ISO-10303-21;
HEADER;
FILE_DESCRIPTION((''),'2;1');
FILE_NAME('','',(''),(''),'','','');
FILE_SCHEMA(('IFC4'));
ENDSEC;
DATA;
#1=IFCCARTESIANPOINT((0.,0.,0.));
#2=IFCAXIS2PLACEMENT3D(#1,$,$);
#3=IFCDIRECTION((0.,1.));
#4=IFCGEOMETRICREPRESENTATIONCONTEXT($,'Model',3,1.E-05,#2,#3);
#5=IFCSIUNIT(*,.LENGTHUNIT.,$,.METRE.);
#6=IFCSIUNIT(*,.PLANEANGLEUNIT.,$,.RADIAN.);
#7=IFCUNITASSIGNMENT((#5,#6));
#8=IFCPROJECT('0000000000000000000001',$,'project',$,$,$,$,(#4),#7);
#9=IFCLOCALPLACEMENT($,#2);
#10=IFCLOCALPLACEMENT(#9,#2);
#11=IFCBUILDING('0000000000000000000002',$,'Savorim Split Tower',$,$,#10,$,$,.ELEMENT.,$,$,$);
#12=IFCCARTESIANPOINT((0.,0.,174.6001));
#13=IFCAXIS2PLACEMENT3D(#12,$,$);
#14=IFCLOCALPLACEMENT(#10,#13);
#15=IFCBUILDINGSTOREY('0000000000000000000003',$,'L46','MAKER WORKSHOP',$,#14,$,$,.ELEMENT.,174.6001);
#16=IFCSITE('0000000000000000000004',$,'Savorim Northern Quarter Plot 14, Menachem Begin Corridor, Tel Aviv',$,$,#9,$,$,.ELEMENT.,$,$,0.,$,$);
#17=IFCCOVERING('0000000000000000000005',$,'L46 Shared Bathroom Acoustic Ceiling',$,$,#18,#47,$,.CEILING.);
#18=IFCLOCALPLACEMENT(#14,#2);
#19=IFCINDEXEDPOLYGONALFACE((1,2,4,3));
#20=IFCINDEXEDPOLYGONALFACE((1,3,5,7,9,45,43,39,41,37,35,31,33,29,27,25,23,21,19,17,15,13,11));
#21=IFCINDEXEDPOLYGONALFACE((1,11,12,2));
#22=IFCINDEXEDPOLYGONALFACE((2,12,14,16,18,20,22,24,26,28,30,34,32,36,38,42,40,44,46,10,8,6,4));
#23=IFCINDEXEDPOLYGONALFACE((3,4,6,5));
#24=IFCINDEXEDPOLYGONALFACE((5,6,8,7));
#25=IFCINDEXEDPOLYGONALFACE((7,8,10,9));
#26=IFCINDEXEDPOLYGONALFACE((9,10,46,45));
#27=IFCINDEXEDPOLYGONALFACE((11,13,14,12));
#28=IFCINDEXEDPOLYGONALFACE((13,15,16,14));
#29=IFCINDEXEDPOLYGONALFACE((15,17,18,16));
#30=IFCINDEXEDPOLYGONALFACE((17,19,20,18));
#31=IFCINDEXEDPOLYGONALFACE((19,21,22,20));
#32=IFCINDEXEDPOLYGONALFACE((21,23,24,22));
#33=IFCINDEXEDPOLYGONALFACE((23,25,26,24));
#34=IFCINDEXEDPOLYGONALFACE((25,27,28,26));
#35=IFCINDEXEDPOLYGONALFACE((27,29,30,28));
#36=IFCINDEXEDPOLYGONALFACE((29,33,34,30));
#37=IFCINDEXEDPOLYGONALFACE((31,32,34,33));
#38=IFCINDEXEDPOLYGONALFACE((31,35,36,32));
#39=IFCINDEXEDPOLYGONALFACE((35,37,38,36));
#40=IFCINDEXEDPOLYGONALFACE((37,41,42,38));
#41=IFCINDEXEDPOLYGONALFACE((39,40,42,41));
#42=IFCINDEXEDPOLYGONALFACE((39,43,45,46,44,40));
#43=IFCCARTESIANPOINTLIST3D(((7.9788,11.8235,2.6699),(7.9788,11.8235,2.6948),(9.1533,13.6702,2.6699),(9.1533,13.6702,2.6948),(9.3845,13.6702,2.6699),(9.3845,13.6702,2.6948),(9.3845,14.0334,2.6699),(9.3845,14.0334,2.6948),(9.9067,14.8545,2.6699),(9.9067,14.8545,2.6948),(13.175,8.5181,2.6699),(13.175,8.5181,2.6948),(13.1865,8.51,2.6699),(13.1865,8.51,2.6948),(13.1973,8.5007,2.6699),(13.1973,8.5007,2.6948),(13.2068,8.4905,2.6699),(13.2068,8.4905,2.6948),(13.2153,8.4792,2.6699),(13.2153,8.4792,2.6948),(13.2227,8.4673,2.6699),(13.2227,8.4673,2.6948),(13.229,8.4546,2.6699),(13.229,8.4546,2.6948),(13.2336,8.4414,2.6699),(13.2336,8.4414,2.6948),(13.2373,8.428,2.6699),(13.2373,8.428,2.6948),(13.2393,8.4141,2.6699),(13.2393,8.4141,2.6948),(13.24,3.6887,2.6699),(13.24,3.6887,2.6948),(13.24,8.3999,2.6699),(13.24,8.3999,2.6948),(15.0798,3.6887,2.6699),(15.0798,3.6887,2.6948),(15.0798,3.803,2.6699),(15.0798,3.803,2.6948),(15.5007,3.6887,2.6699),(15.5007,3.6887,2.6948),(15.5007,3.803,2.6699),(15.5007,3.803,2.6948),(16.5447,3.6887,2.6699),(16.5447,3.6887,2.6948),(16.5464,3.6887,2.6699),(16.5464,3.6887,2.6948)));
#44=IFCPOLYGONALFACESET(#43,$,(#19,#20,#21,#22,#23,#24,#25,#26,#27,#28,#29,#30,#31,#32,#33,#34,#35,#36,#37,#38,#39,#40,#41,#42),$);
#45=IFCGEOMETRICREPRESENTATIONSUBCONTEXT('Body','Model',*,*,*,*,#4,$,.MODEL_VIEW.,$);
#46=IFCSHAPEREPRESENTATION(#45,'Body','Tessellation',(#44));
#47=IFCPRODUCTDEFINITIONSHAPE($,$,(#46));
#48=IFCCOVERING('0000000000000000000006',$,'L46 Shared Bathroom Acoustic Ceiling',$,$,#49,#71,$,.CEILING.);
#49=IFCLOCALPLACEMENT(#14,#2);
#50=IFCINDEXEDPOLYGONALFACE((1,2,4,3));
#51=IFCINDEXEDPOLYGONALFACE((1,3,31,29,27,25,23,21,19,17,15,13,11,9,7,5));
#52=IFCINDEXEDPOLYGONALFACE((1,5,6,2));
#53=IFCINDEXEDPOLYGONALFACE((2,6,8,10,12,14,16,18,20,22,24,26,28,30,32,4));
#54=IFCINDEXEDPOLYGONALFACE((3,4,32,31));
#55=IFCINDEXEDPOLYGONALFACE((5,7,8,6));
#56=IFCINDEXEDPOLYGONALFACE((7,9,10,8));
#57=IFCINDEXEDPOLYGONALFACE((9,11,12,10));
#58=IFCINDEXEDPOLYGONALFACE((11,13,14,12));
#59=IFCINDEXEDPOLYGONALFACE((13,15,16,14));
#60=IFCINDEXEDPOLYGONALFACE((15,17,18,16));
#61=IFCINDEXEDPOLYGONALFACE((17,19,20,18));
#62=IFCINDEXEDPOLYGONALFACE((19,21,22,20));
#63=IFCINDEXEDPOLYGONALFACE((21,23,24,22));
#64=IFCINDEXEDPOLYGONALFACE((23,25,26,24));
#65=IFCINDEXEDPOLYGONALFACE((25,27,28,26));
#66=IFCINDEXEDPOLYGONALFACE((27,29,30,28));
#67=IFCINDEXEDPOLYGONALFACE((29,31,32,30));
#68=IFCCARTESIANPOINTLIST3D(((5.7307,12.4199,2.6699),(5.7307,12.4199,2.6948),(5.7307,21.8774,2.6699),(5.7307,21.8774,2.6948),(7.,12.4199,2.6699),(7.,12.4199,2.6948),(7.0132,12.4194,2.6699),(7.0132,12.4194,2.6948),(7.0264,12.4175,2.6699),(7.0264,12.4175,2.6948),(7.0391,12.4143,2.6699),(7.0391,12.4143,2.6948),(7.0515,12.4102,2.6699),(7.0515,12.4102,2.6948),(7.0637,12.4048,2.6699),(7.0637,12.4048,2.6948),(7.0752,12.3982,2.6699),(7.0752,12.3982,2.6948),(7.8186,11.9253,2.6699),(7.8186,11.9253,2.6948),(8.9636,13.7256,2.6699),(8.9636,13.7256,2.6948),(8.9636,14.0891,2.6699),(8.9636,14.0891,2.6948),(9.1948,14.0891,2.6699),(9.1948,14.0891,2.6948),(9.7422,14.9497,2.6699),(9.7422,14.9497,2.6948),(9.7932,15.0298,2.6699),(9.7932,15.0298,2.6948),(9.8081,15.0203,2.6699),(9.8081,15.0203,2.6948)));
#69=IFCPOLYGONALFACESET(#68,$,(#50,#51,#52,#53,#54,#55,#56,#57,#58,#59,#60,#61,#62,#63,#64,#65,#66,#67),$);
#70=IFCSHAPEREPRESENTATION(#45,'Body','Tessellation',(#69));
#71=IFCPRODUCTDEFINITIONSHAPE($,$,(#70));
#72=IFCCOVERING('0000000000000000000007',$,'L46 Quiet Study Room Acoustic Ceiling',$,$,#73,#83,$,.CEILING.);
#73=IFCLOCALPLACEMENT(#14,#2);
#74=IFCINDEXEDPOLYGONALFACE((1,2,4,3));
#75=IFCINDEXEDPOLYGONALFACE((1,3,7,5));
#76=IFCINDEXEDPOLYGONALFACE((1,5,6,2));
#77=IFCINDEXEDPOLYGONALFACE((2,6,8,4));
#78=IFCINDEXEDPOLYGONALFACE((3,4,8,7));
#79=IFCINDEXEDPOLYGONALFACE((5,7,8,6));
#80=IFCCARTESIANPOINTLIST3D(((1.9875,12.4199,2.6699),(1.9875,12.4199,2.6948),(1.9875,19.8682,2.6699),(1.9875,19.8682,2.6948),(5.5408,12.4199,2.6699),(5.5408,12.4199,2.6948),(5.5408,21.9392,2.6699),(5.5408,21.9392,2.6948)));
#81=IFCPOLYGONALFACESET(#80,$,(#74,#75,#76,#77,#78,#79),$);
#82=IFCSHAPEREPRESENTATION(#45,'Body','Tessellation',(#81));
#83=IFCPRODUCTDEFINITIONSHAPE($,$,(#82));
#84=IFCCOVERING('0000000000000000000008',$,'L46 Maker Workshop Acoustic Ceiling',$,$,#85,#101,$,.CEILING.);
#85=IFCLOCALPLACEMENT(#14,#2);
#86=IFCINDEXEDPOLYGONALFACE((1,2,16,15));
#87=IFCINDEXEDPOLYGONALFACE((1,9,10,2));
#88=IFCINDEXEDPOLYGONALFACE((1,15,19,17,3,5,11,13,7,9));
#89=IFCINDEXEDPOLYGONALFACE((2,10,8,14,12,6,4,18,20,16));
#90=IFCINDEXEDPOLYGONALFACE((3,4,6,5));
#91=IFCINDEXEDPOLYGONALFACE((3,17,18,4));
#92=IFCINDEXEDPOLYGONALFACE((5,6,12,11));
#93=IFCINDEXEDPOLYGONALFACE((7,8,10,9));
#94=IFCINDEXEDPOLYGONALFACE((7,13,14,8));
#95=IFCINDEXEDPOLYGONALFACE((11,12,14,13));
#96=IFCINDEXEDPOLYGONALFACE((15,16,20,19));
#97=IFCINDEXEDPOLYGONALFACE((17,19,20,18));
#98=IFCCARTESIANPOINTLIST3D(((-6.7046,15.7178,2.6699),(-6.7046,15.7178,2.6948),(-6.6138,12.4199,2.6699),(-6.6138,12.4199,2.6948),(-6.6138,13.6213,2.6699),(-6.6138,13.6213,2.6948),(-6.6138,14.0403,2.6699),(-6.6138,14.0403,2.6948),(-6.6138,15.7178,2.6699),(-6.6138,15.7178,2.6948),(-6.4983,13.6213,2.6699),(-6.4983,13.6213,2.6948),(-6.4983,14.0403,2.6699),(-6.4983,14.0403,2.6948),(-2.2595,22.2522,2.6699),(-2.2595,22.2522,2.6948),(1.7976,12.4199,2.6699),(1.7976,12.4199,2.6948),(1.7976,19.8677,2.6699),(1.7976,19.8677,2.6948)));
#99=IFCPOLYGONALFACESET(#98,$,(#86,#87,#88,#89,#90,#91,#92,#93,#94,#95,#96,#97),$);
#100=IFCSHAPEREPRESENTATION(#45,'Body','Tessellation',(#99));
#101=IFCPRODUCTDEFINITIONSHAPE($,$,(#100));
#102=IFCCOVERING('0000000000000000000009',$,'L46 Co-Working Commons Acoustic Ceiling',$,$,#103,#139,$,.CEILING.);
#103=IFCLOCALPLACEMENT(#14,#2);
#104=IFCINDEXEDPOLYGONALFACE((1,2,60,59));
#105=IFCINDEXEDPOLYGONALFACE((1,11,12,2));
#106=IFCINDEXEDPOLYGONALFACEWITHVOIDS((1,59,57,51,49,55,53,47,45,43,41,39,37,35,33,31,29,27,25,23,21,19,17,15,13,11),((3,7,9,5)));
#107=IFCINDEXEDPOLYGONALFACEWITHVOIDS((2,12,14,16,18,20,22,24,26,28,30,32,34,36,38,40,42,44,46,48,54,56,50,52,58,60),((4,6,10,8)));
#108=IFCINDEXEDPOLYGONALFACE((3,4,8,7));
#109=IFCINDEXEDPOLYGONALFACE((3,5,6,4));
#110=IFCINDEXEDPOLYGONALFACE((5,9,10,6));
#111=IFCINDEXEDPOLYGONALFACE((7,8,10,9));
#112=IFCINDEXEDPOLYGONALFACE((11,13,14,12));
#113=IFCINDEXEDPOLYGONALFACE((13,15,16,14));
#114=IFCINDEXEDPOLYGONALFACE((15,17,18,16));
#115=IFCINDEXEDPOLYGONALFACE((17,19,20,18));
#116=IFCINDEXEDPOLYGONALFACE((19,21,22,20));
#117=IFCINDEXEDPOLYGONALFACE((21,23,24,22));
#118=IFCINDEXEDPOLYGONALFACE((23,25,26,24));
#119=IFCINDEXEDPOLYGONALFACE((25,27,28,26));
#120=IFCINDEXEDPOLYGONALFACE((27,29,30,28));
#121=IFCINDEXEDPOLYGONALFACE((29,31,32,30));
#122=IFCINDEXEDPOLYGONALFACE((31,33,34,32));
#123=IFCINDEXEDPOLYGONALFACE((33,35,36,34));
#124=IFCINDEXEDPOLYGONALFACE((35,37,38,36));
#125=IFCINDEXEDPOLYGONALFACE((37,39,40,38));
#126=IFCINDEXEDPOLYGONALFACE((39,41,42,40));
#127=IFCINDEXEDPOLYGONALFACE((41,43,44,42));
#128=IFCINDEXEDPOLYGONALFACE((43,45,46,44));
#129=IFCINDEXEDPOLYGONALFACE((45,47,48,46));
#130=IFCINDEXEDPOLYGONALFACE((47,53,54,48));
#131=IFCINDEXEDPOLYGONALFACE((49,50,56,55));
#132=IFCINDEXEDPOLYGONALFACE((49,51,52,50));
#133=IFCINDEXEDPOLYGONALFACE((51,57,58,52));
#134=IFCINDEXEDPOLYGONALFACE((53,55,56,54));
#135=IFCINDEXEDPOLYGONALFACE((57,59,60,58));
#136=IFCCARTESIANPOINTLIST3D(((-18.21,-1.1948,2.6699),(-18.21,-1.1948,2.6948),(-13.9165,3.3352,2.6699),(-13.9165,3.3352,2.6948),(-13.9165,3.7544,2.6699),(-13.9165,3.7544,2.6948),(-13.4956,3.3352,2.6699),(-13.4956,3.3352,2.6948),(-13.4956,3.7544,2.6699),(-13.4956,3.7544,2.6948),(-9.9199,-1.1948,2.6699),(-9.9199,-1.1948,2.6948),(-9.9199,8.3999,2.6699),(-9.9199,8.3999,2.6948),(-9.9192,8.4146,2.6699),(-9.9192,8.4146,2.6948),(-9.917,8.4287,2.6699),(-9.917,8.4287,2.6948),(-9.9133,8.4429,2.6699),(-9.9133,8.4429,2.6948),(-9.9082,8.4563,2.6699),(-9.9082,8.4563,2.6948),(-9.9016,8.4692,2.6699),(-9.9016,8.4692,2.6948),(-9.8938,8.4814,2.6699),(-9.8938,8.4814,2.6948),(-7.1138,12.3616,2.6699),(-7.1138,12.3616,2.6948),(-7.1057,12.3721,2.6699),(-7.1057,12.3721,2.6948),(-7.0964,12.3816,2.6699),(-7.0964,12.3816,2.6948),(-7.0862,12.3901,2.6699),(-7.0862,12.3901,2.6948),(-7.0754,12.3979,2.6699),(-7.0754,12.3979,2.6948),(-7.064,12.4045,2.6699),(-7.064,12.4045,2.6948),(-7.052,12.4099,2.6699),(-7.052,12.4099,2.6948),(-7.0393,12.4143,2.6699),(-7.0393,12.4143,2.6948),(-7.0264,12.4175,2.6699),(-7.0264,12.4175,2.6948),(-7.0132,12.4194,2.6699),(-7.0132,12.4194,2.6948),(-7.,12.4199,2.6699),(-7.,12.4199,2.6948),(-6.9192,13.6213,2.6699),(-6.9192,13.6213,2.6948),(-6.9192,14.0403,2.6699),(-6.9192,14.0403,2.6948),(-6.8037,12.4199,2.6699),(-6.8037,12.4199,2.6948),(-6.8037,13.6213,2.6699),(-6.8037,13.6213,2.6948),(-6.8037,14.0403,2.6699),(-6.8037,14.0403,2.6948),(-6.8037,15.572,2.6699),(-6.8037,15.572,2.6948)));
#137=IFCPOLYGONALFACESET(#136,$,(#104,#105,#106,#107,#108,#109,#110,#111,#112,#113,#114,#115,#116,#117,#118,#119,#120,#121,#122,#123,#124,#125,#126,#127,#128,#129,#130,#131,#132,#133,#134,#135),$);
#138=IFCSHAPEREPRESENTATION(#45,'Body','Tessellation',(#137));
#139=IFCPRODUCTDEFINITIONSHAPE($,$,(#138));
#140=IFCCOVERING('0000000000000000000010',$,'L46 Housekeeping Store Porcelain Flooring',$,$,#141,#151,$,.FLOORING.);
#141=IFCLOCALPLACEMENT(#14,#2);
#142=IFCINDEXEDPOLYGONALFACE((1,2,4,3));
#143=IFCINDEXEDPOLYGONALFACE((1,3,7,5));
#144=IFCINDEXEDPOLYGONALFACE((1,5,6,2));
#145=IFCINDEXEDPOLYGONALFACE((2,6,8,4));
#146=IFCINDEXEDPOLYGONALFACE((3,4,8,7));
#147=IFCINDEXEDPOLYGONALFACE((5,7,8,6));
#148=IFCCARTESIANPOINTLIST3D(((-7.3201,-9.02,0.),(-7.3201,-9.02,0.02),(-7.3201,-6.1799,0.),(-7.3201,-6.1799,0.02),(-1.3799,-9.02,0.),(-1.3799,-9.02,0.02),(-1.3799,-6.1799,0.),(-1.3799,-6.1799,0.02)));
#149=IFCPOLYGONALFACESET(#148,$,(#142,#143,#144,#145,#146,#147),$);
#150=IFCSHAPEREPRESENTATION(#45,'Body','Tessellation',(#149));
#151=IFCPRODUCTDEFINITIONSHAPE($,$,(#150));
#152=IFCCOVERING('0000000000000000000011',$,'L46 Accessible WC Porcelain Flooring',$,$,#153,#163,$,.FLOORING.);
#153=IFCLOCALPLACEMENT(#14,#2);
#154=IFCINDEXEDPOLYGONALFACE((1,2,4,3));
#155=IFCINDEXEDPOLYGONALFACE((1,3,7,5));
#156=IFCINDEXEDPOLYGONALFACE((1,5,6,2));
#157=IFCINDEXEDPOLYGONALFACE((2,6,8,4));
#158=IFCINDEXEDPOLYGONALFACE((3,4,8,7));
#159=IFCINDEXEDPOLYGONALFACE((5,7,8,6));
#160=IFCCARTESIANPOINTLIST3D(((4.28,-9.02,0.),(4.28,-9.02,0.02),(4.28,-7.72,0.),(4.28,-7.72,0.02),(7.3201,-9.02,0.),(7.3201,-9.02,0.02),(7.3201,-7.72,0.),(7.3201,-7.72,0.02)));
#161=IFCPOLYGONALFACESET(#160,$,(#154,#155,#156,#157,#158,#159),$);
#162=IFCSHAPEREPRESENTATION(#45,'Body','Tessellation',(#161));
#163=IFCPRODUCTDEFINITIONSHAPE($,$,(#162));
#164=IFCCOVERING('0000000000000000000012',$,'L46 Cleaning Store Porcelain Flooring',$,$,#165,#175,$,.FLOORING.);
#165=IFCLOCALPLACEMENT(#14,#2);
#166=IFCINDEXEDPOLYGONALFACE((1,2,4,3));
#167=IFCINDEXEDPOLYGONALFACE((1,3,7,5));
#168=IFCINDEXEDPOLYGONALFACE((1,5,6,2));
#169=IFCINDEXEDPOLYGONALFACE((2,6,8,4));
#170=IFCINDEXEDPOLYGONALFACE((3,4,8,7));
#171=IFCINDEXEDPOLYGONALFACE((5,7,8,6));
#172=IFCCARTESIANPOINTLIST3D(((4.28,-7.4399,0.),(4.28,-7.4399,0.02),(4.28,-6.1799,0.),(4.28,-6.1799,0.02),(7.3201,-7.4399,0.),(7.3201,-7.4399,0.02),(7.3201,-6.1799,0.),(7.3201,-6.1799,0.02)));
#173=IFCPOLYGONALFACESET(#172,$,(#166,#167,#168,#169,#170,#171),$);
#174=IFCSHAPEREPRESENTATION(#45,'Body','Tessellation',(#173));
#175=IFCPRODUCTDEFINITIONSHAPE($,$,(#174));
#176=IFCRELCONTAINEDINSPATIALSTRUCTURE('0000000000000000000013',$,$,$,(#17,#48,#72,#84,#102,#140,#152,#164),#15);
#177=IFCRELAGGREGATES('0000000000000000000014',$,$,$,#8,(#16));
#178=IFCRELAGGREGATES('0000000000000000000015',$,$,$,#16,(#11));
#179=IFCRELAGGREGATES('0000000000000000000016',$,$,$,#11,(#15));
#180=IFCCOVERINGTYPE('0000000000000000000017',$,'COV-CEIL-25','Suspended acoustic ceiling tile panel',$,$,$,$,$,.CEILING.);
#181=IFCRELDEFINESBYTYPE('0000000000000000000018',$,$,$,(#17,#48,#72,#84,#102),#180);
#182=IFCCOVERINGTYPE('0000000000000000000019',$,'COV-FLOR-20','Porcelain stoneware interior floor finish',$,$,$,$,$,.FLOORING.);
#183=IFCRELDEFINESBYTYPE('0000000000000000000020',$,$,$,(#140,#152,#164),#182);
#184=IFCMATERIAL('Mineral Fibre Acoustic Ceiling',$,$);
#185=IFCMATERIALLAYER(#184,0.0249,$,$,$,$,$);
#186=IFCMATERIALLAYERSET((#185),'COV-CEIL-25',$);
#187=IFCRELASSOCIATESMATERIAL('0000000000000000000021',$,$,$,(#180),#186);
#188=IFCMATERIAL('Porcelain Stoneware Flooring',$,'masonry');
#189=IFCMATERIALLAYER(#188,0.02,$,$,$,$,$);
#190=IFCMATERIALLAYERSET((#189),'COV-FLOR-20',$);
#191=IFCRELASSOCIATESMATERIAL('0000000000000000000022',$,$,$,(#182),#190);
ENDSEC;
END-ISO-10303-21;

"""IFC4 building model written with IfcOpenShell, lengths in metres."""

from ifc_helpers import new_model, si_unit, direction, frame, origin, place, context, subcontext, project, spatial, polyline, outline, extrude, material, layer, layer_set, type_object, element, save


model = new_model("IFC4")

# Units and contexts
model_context = context("Model", 3, precision=1e-05, world=origin(), true_north=direction((0.0, 1.0)))
body_context = subcontext(model_context, "Body", "Model", "MODEL_VIEW")
ifc_project = project(units=[si_unit("LENGTHUNIT", "METRE"), si_unit("PLANEANGLEUNIT", "RADIAN")], contexts=[model_context])

# Site, building, storey
site_placement = place(None, origin())
site = spatial("IfcSite", under=ifc_project, at=site_placement, Name="Savorim Northern Quarter Plot 14, Menachem Begin Corridor, Tel Aviv", CompositionType="ELEMENT", RefElevation=0.0)
building_placement = place(site_placement, origin())
building = spatial("IfcBuilding", under=site, at=building_placement, Name="Savorim Split Tower", CompositionType="ELEMENT")
storey_placement = place(building_placement, frame((0.0, 0.0, 174.6001)))
storey = spatial("IfcBuildingStorey", under=building, at=storey_placement, Name="L46", Description="MAKER WORKSHOP", CompositionType="ELEMENT", Elevation=174.6001)

# Coverings
ifc_material_1 = material(Name="Mineral Fibre Acoustic Ceiling")
ifc_layer_1 = layer(ifc_material_1, 0.0249)
ifc_layer_set_1 = layer_set([ifc_layer_1], Name="COV-CEIL-25")
covering_type_1 = type_object("IfcCoveringType", Name="COV-CEIL-25", Description="Suspended acoustic ceiling tile panel", PredefinedType="CEILING", material=ifc_layer_set_1)
covering_1_placement = place(storey_placement, frame((0.0, 0.0, 2.6699)))
element("IfcCovering", 1, at=covering_1_placement, inside=storey, type_object=covering_type_1, Name="L46 Shared Bathroom Acoustic Ceiling", PredefinedType="CEILING", context=body_context, shape_type="SweptSolid", body=[
    extrude(outline(polyline([(15.5007, 3.803), (15.5007, 3.6887), (16.5447, 3.6887), (16.5464, 3.6887), (9.9067, 14.8545), (9.3845, 14.0334), (9.3845, 13.6702), (9.1533, 13.6702), (7.9788, 11.8235), (13.175, 8.5181), (13.1865, 8.51), (13.1973, 8.5007), (13.2068, 8.4905), (13.2153, 8.4792), (13.2227, 8.4673), (13.229, 8.4546), (13.2336, 8.4414), (13.2373, 8.428), (13.2393, 8.4141), (13.24, 8.3999), (13.24, 3.6887), (15.0798, 3.6887), (15.0798, 3.803), (15.5007, 3.803)])), origin(), (0.0, 0.0, 1.0), 0.0249),
])
covering_2_placement = place(storey_placement, frame((0.0, 0.0, 2.6699)))
element("IfcCovering", 2, at=covering_2_placement, inside=storey, type_object=covering_type_1, Name="L46 Shared Bathroom Acoustic Ceiling", PredefinedType="CEILING", context=body_context, shape_type="SweptSolid", body=[
    extrude(outline(polyline([(9.7422, 14.9497), (9.7932, 15.0298), (9.8081, 15.0203), (5.7307, 21.8774), (5.7307, 12.4199), (7.0, 12.4199), (7.0132, 12.4194), (7.0264, 12.4175), (7.0391, 12.4143), (7.0515, 12.4102), (7.0637, 12.4048), (7.0752, 12.3982), (7.8186, 11.9253), (8.9636, 13.7256), (8.9636, 14.0891), (9.1948, 14.0891), (9.7422, 14.9497)])), origin(), (0.0, 0.0, 1.0), 0.0249),
])
covering_3_placement = place(storey_placement, frame((0.0, 0.0, 2.6699)))
element("IfcCovering", 3, at=covering_3_placement, inside=storey, type_object=covering_type_1, Name="L46 Quiet Study Room Acoustic Ceiling", PredefinedType="CEILING", context=body_context, shape_type="SweptSolid", body=[
    extrude(outline(polyline([(1.9875, 12.4199), (5.5408, 12.4199), (5.5408, 21.9392), (1.9875, 19.8682), (1.9875, 12.4199)])), origin(), (0.0, 0.0, 1.0), 0.0249),
])
covering_4_placement = place(storey_placement, frame((0.0, 0.0, 2.6699)))
element("IfcCovering", 4, at=covering_4_placement, inside=storey, type_object=covering_type_1, Name="L46 Maker Workshop Acoustic Ceiling", PredefinedType="CEILING", context=body_context, shape_type="SweptSolid", body=[
    extrude(outline(polyline([(-6.6138, 12.4199), (1.7976, 12.4199), (1.7976, 19.8677), (-2.2595, 22.2522), (-6.7046, 15.7178), (-6.6138, 15.7178), (-6.6138, 14.0403), (-6.4983, 14.0403), (-6.4983, 13.6213), (-6.6138, 13.6213), (-6.6138, 12.4199)])), origin(), (0.0, 0.0, 1.0), 0.0249),
])
covering_5_placement = place(storey_placement, frame((0.0, 0.0, 2.6699)))
element("IfcCovering", 5, at=covering_5_placement, inside=storey, type_object=covering_type_1, Name="L46 Co-Working Commons Acoustic Ceiling", PredefinedType="CEILING", context=body_context, shape_type="SweptSolid", body=[
    extrude(outline(polyline([(-6.9192, 14.0403), (-6.8037, 14.0403), (-6.8037, 15.572), (-18.21, -1.1948), (-9.9199, -1.1948), (-9.9199, 8.3999), (-9.9192, 8.4146), (-9.917, 8.4287), (-9.9133, 8.4429), (-9.9082, 8.4563), (-9.9016, 8.4692), (-9.8938, 8.4814), (-7.1138, 12.3616), (-7.1057, 12.3721), (-7.0964, 12.3816), (-7.0862, 12.3901), (-7.0754, 12.3979), (-7.064, 12.4045), (-7.052, 12.4099), (-7.0393, 12.4143), (-7.0264, 12.4175), (-7.0132, 12.4194), (-7.0, 12.4199), (-6.8037, 12.4199), (-6.8037, 13.6213), (-6.9192, 13.6213), (-6.9192, 14.0403)]), holes=[polyline([(-13.9165, 3.7544), (-13.9165, 3.3352), (-13.4956, 3.3352), (-13.4956, 3.7544), (-13.9165, 3.7544)])]), origin(), (0.0, 0.0, 1.0), 0.0249),
])
ifc_material_2 = material(Name="Porcelain Stoneware Flooring", Category="masonry")
ifc_layer_2 = layer(ifc_material_2, 0.02)
ifc_layer_set_2 = layer_set([ifc_layer_2], Name="COV-FLOR-20")
covering_type_2 = type_object("IfcCoveringType", Name="COV-FLOR-20", Description="Porcelain stoneware interior floor finish", PredefinedType="FLOORING", material=ifc_layer_set_2)
covering_6_placement = place(storey_placement, origin())
element("IfcCovering", 6, at=covering_6_placement, inside=storey, type_object=covering_type_2, Name="L46 Housekeeping Store Porcelain Flooring", PredefinedType="FLOORING", context=body_context, shape_type="SweptSolid", body=[
    extrude(outline(polyline([(-7.3201, -6.1799), (-7.3201, -9.02), (-1.3799, -9.02), (-1.3799, -6.1799), (-7.3201, -6.1799)])), origin(), (0.0, 0.0, 1.0), 0.02),
])
covering_7_placement = place(storey_placement, origin())
element("IfcCovering", 7, at=covering_7_placement, inside=storey, type_object=covering_type_2, Name="L46 Accessible WC Porcelain Flooring", PredefinedType="FLOORING", context=body_context, shape_type="SweptSolid", body=[
    extrude(outline(polyline([(4.28, -7.72), (4.28, -9.02), (7.3201, -9.02), (7.3201, -7.72), (4.28, -7.72)])), origin(), (0.0, 0.0, 1.0), 0.02),
])
covering_8_placement = place(storey_placement, origin())
element("IfcCovering", 8, at=covering_8_placement, inside=storey, type_object=covering_type_2, Name="L46 Cleaning Store Porcelain Flooring", PredefinedType="FLOORING", context=body_context, shape_type="SweptSolid", body=[
    extrude(outline(polyline([(4.28, -6.1799), (4.28, -7.4399), (7.3201, -7.4399), (7.3201, -6.1799), (4.28, -6.1799)])), origin(), (0.0, 0.0, 1.0), 0.02),
])

save(model, "model.ifc")
